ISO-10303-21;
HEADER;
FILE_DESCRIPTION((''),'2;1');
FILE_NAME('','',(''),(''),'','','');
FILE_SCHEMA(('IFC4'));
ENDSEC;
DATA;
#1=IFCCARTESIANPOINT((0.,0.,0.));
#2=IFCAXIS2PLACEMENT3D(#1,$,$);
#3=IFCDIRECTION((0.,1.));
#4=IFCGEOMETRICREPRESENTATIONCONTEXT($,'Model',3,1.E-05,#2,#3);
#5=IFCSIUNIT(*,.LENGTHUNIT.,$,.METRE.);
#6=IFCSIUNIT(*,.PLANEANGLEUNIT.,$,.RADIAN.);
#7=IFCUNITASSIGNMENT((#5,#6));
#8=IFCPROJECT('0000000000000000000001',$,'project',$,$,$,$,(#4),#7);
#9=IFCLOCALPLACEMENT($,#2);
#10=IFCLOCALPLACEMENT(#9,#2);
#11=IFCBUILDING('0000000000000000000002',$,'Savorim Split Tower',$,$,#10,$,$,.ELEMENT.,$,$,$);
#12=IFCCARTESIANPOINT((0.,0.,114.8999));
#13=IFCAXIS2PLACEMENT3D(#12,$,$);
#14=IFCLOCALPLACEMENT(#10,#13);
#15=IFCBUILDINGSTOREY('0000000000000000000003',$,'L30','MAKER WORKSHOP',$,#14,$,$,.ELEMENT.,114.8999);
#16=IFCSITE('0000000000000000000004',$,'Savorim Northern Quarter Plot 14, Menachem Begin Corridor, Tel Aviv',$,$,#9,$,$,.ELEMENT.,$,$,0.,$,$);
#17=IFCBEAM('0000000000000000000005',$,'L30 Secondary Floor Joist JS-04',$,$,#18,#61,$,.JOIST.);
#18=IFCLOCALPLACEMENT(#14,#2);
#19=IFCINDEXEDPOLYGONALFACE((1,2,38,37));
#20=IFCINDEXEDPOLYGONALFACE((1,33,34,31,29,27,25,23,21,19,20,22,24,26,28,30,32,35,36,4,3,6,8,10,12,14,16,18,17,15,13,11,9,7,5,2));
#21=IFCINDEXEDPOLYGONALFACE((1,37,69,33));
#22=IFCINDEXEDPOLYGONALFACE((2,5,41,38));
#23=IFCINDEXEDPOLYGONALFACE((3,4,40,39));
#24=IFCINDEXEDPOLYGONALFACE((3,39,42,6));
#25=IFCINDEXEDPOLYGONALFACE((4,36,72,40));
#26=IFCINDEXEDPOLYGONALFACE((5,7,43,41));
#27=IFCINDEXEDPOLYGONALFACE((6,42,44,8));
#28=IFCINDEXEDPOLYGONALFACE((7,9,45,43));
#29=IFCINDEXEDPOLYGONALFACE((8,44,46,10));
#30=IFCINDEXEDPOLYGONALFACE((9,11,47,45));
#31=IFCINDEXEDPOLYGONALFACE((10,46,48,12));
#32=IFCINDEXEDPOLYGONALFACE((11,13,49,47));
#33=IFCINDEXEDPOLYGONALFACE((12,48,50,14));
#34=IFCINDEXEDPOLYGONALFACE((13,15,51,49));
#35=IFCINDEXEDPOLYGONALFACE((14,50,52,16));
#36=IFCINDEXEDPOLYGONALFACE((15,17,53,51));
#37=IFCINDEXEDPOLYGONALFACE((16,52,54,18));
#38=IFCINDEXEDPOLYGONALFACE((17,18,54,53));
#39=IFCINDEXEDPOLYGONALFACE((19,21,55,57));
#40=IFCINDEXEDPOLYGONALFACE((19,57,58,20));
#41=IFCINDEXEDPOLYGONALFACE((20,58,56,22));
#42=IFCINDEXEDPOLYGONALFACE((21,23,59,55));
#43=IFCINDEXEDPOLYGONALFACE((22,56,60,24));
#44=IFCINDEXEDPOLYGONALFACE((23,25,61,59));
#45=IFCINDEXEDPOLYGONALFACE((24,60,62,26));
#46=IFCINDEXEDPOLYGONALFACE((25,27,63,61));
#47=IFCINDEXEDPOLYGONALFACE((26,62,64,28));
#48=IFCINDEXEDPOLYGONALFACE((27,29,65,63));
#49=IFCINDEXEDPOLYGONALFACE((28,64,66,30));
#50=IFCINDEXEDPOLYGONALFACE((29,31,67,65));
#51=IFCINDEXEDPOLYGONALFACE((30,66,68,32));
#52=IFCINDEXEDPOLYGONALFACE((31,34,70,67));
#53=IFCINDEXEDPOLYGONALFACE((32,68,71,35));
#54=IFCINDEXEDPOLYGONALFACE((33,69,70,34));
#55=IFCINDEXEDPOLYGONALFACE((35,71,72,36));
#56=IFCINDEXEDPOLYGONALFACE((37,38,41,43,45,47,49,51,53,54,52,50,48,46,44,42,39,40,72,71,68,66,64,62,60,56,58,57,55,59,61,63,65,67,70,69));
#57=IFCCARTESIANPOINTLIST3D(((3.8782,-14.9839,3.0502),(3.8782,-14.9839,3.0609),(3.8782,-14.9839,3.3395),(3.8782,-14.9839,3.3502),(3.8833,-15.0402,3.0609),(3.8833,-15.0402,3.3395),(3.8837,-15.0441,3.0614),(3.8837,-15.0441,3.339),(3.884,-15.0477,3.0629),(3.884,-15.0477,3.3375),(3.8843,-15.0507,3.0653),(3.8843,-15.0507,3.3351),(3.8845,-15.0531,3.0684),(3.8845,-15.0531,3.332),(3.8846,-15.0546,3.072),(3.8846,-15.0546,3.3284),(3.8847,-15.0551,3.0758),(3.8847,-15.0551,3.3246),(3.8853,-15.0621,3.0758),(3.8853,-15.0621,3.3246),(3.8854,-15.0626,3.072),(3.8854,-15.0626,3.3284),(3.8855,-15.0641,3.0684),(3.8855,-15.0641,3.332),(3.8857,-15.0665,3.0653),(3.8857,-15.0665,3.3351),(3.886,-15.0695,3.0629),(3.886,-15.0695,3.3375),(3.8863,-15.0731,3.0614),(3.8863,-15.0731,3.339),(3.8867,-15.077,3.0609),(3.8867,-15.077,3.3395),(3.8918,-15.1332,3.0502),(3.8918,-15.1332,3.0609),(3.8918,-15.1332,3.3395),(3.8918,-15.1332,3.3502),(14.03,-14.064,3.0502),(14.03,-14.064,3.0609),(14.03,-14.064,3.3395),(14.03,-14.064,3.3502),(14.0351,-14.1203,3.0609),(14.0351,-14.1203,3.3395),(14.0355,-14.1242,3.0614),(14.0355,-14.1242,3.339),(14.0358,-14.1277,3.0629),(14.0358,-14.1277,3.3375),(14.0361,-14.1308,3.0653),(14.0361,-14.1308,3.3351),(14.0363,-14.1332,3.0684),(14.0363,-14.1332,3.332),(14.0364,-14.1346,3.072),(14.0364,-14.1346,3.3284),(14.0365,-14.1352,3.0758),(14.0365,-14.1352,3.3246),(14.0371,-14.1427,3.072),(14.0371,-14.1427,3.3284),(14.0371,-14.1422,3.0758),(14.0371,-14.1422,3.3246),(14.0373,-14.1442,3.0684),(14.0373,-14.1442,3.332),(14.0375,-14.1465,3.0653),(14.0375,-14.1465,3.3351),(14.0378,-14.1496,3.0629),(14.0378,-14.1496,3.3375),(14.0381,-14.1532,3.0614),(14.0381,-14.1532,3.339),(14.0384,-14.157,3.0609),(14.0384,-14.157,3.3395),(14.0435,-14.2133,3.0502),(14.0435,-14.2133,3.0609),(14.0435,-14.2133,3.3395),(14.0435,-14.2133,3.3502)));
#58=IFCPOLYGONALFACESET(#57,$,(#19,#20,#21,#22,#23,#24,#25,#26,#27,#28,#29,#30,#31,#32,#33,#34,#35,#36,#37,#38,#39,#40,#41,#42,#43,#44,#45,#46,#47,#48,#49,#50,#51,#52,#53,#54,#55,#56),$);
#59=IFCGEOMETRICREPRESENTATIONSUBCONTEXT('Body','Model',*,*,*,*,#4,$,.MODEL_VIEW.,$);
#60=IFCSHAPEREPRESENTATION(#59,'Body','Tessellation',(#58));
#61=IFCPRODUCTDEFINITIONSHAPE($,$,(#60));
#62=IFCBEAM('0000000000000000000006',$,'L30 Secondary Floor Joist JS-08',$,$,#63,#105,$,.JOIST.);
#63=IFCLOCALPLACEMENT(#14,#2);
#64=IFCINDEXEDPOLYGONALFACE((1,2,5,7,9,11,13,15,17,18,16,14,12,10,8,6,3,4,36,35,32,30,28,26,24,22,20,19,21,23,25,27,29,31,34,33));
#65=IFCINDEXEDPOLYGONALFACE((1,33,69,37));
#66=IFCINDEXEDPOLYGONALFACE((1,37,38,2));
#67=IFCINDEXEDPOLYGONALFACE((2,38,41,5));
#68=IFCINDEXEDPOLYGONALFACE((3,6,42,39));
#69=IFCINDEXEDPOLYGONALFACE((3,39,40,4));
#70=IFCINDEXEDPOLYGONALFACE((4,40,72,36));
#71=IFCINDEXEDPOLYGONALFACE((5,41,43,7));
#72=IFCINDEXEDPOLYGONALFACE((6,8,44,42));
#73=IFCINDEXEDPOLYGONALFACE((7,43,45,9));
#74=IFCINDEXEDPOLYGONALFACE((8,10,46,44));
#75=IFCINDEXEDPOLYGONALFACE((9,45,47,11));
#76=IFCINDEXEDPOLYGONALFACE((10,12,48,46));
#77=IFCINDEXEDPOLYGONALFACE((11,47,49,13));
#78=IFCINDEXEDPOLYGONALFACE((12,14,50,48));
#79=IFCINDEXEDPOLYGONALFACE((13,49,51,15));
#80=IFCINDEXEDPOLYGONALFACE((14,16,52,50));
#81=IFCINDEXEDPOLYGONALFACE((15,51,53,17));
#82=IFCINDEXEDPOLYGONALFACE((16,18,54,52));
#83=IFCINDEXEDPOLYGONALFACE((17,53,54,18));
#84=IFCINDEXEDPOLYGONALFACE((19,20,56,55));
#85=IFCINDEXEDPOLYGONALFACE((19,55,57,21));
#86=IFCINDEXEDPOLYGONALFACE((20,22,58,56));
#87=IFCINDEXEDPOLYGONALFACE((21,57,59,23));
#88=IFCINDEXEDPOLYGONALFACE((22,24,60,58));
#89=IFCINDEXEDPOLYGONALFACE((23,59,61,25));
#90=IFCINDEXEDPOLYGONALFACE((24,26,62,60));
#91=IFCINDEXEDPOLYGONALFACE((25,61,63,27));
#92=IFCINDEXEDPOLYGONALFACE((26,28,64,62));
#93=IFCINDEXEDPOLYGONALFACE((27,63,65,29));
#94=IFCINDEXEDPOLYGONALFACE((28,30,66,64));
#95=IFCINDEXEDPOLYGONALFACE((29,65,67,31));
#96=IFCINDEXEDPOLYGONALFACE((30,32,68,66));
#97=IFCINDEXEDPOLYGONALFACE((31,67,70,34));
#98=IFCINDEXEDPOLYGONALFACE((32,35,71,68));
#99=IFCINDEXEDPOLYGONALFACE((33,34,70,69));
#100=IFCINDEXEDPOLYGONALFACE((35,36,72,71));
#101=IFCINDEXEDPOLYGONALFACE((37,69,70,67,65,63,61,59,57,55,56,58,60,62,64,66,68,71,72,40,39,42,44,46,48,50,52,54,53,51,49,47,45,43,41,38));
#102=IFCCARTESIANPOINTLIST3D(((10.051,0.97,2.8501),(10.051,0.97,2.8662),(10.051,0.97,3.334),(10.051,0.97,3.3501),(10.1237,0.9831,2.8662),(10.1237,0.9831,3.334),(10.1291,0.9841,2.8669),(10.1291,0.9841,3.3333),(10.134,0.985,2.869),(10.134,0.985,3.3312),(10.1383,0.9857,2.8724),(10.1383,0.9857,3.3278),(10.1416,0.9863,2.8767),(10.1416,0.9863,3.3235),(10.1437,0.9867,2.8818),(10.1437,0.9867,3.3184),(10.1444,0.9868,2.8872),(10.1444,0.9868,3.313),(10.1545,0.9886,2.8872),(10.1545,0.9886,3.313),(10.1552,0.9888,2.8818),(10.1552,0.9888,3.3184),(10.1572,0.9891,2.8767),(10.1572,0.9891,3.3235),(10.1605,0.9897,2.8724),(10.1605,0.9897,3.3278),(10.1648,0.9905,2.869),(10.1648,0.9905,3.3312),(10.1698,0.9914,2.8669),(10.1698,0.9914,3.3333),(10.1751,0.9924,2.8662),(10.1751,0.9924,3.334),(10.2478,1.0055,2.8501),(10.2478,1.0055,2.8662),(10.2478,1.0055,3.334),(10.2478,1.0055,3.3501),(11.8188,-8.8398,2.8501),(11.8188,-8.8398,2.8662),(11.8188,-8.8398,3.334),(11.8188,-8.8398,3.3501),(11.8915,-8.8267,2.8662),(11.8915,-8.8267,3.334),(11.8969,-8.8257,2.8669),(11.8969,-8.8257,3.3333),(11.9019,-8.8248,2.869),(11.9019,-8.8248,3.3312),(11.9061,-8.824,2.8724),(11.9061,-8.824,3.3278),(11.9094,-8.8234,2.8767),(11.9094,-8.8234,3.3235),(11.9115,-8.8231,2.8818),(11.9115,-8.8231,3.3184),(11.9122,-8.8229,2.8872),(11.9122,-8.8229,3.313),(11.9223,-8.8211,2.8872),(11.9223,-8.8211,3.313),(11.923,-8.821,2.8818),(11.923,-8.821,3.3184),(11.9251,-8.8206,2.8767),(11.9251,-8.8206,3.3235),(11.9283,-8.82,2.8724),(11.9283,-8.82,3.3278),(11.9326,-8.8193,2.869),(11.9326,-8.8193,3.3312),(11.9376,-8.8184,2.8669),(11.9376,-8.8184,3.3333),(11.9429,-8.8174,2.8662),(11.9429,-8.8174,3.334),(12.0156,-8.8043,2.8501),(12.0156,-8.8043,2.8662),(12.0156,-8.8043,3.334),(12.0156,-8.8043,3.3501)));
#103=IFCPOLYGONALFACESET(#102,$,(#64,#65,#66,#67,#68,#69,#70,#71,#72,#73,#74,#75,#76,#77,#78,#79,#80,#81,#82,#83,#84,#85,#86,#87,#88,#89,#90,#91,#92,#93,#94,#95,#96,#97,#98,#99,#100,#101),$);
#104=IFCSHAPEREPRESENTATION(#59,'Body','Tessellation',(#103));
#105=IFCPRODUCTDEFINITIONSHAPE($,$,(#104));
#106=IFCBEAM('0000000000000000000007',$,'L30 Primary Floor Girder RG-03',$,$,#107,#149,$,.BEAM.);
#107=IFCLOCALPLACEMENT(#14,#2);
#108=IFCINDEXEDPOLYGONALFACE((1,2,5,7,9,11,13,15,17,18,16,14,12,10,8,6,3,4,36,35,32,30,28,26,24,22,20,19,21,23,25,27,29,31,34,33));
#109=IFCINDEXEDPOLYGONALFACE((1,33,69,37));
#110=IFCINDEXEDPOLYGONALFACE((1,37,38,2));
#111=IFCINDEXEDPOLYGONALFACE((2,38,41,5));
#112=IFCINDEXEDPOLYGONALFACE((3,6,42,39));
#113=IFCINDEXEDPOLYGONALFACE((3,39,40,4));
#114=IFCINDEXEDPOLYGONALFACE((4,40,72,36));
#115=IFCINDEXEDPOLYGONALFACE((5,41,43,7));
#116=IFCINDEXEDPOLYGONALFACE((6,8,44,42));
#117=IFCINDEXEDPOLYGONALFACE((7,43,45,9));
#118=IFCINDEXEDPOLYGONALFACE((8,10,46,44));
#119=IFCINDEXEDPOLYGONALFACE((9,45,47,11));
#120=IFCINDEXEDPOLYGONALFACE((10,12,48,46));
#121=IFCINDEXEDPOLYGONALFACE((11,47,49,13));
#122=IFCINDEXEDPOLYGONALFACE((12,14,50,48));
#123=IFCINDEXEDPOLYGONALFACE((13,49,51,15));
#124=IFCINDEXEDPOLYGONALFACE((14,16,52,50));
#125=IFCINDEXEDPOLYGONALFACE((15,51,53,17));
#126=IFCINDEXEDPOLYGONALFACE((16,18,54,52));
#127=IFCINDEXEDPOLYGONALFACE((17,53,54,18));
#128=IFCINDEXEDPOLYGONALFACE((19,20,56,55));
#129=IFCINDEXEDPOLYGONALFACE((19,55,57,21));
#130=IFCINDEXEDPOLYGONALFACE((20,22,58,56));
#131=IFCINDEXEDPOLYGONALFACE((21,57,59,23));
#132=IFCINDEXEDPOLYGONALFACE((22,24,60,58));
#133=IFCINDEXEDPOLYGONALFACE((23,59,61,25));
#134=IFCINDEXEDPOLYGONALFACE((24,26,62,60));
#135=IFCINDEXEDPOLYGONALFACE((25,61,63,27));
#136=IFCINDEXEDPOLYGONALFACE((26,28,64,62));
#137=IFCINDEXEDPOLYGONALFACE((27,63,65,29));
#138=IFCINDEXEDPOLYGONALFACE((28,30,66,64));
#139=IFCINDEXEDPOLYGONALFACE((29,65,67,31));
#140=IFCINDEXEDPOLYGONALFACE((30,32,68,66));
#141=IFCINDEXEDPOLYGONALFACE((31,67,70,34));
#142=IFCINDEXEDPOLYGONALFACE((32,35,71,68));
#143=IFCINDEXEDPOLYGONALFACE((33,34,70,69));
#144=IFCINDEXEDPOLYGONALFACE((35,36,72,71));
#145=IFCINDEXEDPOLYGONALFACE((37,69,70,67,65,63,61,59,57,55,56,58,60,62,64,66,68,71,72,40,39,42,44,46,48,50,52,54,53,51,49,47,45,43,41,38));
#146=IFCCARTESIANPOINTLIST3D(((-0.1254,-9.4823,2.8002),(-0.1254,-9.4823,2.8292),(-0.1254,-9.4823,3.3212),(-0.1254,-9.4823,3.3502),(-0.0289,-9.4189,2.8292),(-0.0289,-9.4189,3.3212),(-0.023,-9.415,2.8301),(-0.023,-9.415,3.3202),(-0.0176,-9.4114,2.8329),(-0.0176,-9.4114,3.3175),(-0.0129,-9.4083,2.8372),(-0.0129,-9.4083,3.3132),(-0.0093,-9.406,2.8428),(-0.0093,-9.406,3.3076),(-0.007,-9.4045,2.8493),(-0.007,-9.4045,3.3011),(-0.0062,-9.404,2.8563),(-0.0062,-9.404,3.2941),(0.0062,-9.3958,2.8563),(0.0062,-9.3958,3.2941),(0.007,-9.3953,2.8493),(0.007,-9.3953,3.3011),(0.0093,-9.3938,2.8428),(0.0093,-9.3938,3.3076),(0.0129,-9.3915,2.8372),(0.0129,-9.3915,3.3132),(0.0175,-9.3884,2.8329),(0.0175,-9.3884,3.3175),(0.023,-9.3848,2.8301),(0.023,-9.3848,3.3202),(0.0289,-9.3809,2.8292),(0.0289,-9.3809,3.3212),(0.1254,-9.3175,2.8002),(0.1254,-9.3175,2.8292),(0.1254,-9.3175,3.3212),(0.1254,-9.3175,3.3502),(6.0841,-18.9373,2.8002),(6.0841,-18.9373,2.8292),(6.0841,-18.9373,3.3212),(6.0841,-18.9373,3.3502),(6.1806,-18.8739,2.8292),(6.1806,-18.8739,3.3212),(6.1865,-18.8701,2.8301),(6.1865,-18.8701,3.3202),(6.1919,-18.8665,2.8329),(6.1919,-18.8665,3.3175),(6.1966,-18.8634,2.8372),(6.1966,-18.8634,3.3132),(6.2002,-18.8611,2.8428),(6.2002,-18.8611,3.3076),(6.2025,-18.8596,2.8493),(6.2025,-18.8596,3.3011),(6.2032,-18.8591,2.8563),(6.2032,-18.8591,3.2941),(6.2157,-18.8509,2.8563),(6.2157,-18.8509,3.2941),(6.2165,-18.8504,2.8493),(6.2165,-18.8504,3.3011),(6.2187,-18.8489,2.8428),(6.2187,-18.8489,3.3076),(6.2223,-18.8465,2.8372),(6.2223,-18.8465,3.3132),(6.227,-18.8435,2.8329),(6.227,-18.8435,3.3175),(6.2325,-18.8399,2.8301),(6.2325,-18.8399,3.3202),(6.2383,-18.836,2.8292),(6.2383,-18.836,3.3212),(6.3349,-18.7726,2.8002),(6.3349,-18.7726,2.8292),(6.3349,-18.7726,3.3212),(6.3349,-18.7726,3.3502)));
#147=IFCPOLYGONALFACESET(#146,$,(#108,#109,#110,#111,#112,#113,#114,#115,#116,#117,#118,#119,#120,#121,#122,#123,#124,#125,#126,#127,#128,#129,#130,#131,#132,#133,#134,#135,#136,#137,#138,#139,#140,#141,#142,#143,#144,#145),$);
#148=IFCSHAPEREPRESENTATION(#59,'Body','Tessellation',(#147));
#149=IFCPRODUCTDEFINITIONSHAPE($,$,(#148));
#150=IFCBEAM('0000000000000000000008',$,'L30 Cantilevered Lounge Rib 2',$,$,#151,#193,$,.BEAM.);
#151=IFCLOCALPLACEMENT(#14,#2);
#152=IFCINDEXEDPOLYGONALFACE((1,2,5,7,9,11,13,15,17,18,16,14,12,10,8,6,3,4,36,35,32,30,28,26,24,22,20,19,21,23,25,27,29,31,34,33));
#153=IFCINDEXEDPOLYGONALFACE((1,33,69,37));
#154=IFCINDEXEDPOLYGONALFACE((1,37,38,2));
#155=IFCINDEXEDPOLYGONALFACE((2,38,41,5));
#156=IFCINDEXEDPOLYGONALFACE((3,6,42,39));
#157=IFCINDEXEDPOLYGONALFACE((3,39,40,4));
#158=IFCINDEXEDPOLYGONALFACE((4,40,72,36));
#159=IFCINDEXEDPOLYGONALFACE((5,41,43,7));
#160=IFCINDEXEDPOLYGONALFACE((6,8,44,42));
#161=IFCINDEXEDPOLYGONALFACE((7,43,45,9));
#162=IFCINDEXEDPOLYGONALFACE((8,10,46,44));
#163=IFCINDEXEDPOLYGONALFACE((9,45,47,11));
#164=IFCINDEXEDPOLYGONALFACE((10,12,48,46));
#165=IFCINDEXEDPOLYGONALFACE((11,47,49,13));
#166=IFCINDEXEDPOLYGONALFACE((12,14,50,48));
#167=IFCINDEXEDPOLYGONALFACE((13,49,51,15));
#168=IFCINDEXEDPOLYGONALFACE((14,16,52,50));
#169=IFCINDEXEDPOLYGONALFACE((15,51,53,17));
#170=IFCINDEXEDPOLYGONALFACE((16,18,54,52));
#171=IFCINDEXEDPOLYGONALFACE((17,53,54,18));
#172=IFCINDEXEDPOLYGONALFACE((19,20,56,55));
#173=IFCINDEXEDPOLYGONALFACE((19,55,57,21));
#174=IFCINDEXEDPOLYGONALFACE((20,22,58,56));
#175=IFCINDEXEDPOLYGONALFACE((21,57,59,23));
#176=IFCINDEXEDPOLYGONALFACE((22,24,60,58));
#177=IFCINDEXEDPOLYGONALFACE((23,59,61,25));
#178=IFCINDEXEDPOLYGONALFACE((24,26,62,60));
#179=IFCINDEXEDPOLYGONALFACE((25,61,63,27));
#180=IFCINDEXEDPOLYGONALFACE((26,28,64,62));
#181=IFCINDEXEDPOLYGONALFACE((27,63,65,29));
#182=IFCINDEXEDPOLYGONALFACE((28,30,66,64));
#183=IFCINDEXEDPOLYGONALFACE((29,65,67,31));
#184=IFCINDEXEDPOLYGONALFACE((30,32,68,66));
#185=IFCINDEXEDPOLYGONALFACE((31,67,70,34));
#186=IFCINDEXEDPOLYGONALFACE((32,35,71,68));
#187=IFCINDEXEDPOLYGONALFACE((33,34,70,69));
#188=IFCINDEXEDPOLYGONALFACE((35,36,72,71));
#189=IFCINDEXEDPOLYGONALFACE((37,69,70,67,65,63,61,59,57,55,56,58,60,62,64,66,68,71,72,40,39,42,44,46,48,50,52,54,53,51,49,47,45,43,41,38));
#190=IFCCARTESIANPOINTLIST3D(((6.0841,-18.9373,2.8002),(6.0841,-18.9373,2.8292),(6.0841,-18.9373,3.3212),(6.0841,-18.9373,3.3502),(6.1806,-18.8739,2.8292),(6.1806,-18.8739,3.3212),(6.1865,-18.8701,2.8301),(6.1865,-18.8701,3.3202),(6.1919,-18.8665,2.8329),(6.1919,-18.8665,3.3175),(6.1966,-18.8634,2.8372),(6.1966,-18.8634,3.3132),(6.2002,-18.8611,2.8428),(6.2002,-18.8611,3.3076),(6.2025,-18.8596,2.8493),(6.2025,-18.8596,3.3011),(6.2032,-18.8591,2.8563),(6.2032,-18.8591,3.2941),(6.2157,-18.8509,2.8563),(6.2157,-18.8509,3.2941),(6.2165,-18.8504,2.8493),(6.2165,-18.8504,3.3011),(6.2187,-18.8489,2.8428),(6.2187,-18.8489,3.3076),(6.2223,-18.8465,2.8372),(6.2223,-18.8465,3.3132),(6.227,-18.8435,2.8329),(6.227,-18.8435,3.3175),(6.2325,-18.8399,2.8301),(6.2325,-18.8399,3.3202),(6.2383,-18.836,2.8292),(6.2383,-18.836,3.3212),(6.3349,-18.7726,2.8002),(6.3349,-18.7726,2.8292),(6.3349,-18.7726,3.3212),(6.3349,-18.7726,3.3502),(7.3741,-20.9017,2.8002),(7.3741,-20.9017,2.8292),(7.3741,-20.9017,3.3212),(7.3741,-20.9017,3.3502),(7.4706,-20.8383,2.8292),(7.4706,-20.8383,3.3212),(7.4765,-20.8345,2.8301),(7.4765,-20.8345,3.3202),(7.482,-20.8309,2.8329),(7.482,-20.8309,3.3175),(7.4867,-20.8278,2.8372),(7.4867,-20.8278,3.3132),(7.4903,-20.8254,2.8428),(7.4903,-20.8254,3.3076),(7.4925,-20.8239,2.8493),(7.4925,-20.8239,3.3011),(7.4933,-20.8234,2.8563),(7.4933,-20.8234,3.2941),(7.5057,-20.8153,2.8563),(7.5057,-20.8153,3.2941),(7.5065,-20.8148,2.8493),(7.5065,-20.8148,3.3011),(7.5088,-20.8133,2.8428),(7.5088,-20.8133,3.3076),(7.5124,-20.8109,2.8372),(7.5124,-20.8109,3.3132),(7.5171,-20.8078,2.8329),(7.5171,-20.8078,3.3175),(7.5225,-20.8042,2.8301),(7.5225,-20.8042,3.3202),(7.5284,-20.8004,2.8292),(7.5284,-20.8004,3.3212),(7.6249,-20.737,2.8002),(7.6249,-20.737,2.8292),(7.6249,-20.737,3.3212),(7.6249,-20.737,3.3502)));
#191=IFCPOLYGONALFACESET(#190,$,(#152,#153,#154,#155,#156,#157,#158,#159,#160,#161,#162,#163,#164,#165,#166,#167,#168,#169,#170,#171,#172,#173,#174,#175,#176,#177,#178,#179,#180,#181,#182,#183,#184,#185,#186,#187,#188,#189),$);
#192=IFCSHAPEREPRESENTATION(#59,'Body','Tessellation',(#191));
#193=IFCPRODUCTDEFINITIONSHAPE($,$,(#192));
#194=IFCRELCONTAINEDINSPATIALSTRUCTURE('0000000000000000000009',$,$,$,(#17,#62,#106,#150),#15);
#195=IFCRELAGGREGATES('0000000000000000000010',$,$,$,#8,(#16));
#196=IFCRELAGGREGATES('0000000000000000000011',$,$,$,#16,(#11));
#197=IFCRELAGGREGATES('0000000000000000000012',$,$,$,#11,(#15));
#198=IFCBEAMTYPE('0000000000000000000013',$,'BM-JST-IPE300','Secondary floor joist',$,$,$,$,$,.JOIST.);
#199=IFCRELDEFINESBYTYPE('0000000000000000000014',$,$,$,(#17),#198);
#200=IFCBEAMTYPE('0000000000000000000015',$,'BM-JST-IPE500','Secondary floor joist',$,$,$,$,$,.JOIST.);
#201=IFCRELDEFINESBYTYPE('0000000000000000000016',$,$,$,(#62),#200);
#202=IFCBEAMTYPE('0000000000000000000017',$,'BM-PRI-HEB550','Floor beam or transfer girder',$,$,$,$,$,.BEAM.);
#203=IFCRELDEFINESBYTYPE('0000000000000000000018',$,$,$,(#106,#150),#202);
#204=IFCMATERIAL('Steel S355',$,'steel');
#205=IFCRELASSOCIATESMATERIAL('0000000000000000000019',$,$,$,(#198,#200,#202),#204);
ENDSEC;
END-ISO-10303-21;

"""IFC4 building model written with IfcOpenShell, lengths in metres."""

from ifc_helpers import new_model, si_unit, direction, frame, origin, origin_2d, place, context, subcontext, project, spatial, i_section, extrude, material, material_profile, profile_set, type_object, element, save


model = new_model("IFC4")

# Units and contexts
model_context = context("Model", 3, precision=1e-05, world=origin(), true_north=direction((0.0, 1.0)))
body_context = subcontext(model_context, "Body", "Model", "MODEL_VIEW")
ifc_project = project(units=[si_unit("LENGTHUNIT", "METRE"), si_unit("PLANEANGLEUNIT", "RADIAN")], contexts=[model_context])

# Site, building, storey
site_placement = place(None, origin())
site = spatial("IfcSite", under=ifc_project, at=site_placement, Name="Savorim Northern Quarter Plot 14, Menachem Begin Corridor, Tel Aviv", CompositionType="ELEMENT", RefElevation=0.0)
building_placement = place(site_placement, origin())
building = spatial("IfcBuilding", under=site, at=building_placement, Name="Savorim Split Tower", CompositionType="ELEMENT")
storey_placement = place(building_placement, frame((0.0, 0.0, 114.8999)))
storey = spatial("IfcBuildingStorey", under=building, at=storey_placement, Name="L30", Description="MAKER WORKSHOP", CompositionType="ELEMENT", Elevation=114.8999)

# Beams
ifc_material_1 = material(Name="Steel S355", Category="steel")
ifc_material_profile_1 = material_profile(ifc_material_1, i_section(OverallWidth=0.1499, OverallDepth=0.3, WebThickness=0.0071, FlangeThickness=0.0107, FilletRadius=0.0149, at=origin_2d()), Name="IPE 300")
ifc_profile_set_1 = profile_set([ifc_material_profile_1], Name="Steel S355")
beam_type_1 = type_object("IfcBeamType", Name="BM-JST-IPE300", Description="Secondary floor joist", PredefinedType="JOIST", material=ifc_profile_set_1)
beam_1_placement = place(storey_placement, frame((3.885, -15.0586, 3.2002), z_axis=(0.995919, 0.090246, 0.0), x_axis=(-0.090246, 0.995919, 0.0)))
element("IfcBeam", 1, at=beam_1_placement, inside=storey, type_object=beam_type_1, Name="L30 Secondary Floor Joist JS-04", PredefinedType="JOIST", context=body_context, shape_type="SweptSolid", body=[
    extrude(i_section(OverallWidth=0.1499, OverallDepth=0.3, WebThickness=0.0071, FlangeThickness=0.0107, FilletRadius=0.0149, at=origin_2d()), origin(), (0.0, 0.0, 1.0), 10.1934),
])
ifc_material_profile_2 = material_profile(ifc_material_1, i_section(OverallWidth=0.2, OverallDepth=0.5, WebThickness=0.0103, FlangeThickness=0.0161, FilletRadius=0.021, at=origin_2d()), Name="IPE 500")
ifc_profile_set_2 = profile_set([ifc_material_profile_2], Name="Steel S355")
beam_type_2 = type_object("IfcBeamType", Name="BM-JST-IPE500", Description="Secondary floor joist", PredefinedType="JOIST", material=ifc_profile_set_2)
beam_2_placement = place(storey_placement, frame((11.9172, -8.822, 3.1001), z_axis=(-0.177353, 0.984147, 0.0), x_axis=(-0.984147, -0.177353, 0.0)))
element("IfcBeam", 2, at=beam_2_placement, inside=storey, type_object=beam_type_2, Name="L30 Secondary Floor Joist JS-08", PredefinedType="JOIST", context=body_context, shape_type="SweptSolid", body=[
    extrude(i_section(OverallWidth=0.2, OverallDepth=0.5, WebThickness=0.0103, FlangeThickness=0.0161, FilletRadius=0.021, at=origin_2d()), origin(), (0.0, 0.0, 1.0), 9.9678),
])
ifc_material_profile_3 = material_profile(ifc_material_1, i_section(OverallWidth=0.3, OverallDepth=0.55, WebThickness=0.0149, FlangeThickness=0.0291, FilletRadius=0.0271, at=origin_2d()), Name="HEB 550")
ifc_profile_set_3 = profile_set([ifc_material_profile_3], Name="Steel S355")
beam_type_3 = type_object("IfcBeamType", Name="BM-PRI-HEB550", Description="Floor beam or transfer girder", PredefinedType="BEAM", material=ifc_profile_set_3)
beam_3_placement = place(storey_placement, frame((6.2095, -18.855, 3.0752), z_axis=(-0.548939, 0.835862, 0.0), x_axis=(-0.835862, -0.548939, 0.0)))
element("IfcBeam", 3, at=beam_3_placement, inside=storey, type_object=beam_type_3, Name="L30 Primary Floor Girder RG-03", PredefinedType="BEAM", context=body_context, shape_type="SweptSolid", body=[
    extrude(i_section(OverallWidth=0.3, OverallDepth=0.55, WebThickness=0.0149, FlangeThickness=0.0291, FilletRadius=0.0271, at=origin_2d()), origin(), (0.0, 0.0, 1.0), 11.3118),
])
beam_4_placement = place(storey_placement, frame((6.2095, -18.855, 3.0752), z_axis=(0.548933, -0.835866, 0.0), x_axis=(0.835866, 0.548933, 0.0)))
element("IfcBeam", 4, at=beam_4_placement, inside=storey, type_object=beam_type_3, Name="L30 Cantilevered Lounge Rib 2", PredefinedType="BEAM", context=body_context, shape_type="SweptSolid", body=[
    extrude(i_section(OverallWidth=0.3, OverallDepth=0.55, WebThickness=0.0149, FlangeThickness=0.0291, FilletRadius=0.0271, at=origin_2d()), origin(), (0.0, 0.0, 1.0), 2.3501),
])

save(model, "model.ifc")
